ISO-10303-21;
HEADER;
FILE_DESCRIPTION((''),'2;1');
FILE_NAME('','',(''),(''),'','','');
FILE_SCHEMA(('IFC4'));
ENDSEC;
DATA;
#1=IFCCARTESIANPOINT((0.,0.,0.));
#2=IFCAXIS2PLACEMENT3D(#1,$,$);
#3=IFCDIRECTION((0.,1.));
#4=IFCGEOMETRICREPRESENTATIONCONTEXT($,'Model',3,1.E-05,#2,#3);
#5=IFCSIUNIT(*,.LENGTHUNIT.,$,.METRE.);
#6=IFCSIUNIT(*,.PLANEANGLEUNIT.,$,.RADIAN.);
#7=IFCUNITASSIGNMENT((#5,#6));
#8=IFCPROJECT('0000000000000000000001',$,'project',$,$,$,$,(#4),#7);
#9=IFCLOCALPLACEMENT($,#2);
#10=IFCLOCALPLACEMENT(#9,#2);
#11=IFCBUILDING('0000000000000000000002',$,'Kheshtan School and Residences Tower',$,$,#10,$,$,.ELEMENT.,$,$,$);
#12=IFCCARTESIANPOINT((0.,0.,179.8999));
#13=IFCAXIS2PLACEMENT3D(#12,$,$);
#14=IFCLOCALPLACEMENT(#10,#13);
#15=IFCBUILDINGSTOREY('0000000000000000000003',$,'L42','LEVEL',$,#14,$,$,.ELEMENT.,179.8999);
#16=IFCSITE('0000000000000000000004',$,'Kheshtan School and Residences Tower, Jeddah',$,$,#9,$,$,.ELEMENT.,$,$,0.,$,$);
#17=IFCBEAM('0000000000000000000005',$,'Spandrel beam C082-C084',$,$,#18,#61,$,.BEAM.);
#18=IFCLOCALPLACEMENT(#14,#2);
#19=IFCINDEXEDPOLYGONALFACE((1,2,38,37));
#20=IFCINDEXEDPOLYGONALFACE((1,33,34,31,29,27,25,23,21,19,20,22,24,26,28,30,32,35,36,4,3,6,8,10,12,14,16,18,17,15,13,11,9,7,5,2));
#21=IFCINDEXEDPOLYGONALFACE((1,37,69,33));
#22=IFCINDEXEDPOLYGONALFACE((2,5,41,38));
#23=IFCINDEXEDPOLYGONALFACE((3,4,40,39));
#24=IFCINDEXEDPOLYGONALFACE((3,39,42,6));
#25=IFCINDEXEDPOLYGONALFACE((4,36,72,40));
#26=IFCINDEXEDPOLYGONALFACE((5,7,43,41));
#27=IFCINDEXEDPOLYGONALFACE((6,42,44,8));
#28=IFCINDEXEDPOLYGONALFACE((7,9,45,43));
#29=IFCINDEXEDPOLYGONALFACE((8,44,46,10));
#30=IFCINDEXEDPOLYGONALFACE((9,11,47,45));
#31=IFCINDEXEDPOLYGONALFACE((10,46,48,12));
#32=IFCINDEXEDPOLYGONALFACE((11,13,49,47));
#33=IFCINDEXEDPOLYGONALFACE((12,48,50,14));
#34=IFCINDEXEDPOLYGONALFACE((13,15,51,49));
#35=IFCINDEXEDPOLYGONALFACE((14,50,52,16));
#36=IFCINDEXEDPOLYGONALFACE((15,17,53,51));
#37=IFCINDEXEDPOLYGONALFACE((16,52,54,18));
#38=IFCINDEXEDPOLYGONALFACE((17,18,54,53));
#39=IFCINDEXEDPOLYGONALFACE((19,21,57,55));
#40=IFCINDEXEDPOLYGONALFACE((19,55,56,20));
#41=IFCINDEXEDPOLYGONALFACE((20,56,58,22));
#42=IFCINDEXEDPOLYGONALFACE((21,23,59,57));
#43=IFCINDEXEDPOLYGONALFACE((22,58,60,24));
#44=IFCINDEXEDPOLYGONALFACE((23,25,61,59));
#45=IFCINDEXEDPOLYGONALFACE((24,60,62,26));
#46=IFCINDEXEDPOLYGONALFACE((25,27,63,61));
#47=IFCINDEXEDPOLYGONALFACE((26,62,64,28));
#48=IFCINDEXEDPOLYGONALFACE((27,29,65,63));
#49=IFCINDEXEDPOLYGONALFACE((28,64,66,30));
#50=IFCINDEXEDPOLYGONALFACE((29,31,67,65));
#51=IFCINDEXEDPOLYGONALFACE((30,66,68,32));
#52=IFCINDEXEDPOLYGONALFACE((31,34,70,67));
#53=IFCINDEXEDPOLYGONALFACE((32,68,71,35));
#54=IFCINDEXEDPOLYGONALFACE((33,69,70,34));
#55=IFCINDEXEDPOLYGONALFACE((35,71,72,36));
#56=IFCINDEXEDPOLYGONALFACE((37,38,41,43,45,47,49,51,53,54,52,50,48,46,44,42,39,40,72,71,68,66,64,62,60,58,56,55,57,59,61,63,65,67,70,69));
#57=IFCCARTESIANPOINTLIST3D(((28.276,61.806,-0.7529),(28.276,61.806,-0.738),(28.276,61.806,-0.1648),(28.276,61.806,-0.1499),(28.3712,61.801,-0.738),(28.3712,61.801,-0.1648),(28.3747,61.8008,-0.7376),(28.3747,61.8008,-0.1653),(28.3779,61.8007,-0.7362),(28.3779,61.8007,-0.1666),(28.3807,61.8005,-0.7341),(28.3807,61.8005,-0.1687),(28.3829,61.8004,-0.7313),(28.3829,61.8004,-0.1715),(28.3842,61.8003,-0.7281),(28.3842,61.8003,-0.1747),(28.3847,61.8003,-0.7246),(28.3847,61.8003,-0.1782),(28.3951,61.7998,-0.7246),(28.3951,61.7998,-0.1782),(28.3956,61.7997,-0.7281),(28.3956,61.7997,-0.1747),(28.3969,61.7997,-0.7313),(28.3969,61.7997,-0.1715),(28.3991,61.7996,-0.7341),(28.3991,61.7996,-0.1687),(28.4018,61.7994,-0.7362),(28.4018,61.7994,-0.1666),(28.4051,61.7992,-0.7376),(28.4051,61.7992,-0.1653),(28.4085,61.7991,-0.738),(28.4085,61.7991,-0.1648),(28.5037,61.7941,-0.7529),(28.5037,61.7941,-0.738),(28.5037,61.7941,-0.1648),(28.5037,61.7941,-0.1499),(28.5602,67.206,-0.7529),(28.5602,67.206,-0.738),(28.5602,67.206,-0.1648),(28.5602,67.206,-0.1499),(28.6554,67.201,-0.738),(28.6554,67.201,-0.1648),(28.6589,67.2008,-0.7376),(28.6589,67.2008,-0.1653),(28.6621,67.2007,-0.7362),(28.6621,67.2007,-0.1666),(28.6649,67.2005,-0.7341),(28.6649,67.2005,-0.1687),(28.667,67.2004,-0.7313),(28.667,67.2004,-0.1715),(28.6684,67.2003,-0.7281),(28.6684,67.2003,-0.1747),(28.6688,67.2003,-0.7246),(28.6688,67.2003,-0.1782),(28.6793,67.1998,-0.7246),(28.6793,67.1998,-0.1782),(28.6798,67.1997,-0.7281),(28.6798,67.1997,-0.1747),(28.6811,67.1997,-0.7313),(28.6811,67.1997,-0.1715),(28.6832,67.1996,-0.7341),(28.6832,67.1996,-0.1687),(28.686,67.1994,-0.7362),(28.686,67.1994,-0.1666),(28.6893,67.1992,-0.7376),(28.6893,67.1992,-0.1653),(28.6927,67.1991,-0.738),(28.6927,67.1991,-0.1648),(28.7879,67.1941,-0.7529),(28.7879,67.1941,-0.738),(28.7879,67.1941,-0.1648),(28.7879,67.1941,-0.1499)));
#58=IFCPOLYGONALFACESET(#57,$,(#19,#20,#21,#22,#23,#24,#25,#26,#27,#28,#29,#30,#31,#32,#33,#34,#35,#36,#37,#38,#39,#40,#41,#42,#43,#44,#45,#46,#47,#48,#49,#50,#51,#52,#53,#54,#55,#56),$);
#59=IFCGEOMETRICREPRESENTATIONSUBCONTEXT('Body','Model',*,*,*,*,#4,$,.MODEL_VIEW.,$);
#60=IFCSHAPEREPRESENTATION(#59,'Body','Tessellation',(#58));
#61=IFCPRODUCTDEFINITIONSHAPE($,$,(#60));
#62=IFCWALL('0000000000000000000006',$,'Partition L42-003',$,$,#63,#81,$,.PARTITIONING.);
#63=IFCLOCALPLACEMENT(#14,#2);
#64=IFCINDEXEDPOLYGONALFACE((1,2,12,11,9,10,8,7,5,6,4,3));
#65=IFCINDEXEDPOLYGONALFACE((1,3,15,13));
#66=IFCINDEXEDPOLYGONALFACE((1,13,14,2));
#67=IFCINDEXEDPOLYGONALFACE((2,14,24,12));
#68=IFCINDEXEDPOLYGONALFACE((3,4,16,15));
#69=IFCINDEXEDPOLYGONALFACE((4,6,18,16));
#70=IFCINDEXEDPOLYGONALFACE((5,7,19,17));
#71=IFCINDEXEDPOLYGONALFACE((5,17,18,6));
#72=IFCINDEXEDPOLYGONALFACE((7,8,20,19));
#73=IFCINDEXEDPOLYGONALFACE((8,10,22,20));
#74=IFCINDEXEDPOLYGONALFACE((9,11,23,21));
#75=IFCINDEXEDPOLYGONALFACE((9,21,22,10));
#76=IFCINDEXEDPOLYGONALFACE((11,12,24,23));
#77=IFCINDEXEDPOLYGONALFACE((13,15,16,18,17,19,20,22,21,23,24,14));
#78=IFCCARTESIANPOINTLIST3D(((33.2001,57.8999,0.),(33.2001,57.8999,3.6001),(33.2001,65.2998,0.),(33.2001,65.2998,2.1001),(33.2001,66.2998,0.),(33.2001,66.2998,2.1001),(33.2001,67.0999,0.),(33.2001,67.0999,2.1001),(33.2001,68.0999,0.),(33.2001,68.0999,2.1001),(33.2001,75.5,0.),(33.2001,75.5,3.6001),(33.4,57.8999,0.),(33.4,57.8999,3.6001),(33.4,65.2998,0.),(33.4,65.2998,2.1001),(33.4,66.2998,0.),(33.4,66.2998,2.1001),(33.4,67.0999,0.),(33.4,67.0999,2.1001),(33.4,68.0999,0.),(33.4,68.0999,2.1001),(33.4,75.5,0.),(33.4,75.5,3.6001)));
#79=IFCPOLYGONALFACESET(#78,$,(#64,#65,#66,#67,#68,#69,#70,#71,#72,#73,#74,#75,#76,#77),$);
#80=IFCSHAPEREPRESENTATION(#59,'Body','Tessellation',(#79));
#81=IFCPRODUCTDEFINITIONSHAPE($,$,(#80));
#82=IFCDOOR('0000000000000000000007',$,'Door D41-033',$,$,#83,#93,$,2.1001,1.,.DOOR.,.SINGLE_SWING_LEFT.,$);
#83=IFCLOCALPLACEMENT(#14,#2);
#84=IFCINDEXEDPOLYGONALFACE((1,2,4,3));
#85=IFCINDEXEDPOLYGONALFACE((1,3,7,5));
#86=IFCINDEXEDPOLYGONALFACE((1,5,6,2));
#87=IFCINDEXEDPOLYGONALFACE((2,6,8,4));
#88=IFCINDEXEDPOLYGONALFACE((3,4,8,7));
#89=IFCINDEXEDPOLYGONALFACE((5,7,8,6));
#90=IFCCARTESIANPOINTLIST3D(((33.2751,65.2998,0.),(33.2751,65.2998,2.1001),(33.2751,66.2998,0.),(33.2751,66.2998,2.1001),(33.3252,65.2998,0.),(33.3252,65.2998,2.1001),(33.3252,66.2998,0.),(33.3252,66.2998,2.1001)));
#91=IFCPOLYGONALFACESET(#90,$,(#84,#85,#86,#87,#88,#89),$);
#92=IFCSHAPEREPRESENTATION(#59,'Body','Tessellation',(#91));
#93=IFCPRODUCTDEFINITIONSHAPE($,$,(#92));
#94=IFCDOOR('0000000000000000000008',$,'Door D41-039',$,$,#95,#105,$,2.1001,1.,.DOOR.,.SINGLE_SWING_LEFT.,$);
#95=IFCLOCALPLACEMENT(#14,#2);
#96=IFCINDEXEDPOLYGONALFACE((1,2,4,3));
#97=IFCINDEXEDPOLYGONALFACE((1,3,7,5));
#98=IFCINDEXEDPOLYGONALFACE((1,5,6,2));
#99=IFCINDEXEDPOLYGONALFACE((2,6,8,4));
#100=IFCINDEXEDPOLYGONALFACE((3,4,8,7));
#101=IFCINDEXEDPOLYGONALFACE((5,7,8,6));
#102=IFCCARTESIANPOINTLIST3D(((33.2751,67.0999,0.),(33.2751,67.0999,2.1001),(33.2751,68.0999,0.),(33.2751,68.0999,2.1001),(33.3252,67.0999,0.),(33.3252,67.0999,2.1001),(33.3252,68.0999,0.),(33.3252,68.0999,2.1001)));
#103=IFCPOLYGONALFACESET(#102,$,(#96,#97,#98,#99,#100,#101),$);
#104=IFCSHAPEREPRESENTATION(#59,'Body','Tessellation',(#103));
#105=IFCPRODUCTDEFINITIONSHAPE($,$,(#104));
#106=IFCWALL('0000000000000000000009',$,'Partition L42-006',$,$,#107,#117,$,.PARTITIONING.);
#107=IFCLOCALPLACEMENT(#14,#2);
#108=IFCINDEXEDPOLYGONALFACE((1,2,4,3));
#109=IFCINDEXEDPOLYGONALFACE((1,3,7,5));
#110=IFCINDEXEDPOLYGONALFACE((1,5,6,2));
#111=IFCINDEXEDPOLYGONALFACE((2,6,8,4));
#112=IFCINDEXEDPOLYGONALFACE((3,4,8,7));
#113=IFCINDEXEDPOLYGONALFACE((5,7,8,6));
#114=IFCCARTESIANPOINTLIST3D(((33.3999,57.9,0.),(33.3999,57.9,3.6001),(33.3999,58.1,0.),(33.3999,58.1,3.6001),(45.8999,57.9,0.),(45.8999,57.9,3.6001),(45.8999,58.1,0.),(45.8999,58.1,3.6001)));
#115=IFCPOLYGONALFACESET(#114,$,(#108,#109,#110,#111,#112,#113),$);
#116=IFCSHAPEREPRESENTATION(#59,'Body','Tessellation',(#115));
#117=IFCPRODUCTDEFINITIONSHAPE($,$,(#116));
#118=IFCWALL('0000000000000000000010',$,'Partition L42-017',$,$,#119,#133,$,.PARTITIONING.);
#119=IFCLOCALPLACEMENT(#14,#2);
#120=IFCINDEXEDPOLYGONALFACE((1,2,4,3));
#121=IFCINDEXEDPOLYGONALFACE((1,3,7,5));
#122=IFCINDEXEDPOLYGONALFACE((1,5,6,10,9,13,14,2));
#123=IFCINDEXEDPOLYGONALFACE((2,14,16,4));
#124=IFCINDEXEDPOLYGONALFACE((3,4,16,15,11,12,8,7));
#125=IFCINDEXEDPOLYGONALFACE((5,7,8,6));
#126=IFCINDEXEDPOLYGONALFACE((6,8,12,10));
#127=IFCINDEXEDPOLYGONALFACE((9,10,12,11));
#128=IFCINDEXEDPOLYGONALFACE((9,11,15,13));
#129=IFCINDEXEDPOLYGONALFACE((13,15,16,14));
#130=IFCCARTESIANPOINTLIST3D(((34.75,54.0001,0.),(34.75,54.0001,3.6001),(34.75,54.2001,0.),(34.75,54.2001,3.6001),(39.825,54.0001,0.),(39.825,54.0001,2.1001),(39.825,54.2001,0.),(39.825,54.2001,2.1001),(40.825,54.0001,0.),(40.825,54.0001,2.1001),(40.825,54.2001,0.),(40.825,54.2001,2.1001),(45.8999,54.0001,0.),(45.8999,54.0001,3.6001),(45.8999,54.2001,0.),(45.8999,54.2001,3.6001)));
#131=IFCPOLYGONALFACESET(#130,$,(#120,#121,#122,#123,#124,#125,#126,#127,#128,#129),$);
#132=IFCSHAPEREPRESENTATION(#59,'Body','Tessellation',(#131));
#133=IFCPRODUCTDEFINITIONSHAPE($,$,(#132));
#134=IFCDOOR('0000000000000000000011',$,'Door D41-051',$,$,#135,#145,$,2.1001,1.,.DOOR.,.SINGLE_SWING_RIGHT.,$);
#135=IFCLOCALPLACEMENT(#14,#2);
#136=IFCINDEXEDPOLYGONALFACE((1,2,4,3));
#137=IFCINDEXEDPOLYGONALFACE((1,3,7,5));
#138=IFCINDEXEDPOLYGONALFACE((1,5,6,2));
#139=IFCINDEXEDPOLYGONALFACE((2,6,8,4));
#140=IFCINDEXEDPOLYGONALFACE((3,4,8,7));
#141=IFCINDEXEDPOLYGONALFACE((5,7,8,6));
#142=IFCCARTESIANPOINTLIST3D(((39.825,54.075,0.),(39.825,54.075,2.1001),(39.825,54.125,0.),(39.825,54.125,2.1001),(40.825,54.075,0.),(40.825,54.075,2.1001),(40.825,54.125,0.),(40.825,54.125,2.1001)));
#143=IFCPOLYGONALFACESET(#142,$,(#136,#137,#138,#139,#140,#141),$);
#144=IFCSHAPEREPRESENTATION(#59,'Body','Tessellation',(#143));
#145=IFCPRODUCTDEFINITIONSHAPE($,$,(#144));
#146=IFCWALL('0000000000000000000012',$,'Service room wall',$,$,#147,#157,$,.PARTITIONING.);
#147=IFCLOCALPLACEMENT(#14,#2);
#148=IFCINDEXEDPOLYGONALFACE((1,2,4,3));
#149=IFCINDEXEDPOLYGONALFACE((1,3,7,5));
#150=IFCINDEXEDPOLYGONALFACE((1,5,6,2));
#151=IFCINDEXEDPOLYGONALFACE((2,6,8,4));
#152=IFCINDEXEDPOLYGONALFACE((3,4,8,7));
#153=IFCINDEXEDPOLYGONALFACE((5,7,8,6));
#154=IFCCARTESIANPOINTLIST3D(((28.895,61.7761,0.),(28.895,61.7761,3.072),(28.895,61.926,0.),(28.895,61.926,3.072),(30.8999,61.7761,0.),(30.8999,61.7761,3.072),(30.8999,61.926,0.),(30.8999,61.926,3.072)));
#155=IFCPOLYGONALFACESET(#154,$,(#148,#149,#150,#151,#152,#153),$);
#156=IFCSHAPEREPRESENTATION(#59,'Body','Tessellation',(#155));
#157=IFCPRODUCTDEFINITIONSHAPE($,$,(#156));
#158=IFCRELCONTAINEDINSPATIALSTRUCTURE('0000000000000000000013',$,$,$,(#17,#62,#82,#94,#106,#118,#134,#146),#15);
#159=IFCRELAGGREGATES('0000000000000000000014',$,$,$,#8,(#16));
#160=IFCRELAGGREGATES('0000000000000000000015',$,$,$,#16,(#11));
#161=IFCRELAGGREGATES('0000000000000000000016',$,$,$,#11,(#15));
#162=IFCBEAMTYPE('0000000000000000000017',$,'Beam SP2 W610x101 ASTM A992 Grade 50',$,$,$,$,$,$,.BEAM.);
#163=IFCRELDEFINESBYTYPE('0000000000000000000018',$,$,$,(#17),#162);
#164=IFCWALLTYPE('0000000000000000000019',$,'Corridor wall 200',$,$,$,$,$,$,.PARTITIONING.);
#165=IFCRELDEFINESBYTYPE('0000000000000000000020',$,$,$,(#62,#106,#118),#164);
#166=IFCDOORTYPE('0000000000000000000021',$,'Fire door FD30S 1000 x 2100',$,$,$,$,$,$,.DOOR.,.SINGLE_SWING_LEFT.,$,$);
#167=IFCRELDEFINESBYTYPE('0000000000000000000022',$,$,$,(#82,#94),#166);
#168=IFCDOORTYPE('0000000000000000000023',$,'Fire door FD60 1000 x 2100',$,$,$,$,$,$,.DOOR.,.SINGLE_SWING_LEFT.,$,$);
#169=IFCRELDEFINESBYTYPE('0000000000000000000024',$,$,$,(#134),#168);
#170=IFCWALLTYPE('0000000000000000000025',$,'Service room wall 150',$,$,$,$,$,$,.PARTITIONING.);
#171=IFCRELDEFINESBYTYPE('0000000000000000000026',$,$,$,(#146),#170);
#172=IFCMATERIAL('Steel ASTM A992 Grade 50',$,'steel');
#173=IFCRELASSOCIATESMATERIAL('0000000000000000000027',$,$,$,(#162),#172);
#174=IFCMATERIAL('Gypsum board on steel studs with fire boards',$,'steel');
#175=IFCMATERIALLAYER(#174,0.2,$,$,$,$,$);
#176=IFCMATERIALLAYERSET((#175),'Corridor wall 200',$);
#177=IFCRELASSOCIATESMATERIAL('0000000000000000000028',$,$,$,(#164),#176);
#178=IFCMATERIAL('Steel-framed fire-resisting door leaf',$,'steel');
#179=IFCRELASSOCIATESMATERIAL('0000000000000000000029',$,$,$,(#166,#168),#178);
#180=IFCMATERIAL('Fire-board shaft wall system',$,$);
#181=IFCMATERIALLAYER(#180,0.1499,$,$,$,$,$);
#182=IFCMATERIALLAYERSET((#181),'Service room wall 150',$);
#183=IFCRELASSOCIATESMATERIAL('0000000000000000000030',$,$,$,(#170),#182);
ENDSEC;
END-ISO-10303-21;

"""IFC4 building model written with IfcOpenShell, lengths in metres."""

from ifc_helpers import new_model, si_unit, direction, frame, frame_2d, origin, origin_2d, place, context, subcontext, project, spatial, rectangle, i_section, extrude, source, transform, mapped, material, layer, layer_set, material_profile, profile_set, type_object, element, fill, save


model = new_model("IFC4")

# Units and contexts
model_context = context("Model", 3, precision=1e-05, world=origin(), true_north=direction((0.0, 1.0)))
body_context = subcontext(model_context, "Body", "Model", "MODEL_VIEW")
ifc_project = project(units=[si_unit("LENGTHUNIT", "METRE"), si_unit("PLANEANGLEUNIT", "RADIAN")], contexts=[model_context])

# Site, building, storey
site_placement = place(None, origin())
site = spatial("IfcSite", under=ifc_project, at=site_placement, Name="Kheshtan School and Residences Tower, Jeddah", CompositionType="ELEMENT", RefElevation=0.0)
building_placement = place(site_placement, origin())
building = spatial("IfcBuilding", under=site, at=building_placement, Name="Kheshtan School and Residences Tower", CompositionType="ELEMENT")
storey_placement = place(building_placement, frame((0.0, 0.0, 179.8999)))
storey = spatial("IfcBuildingStorey", under=building, at=storey_placement, Name="L42", Description="LEVEL", CompositionType="ELEMENT", Elevation=179.8999)

# Shared definitions
ifc_material_1 = material(Name="Steel ASTM A992 Grade 50", Category="steel")

# Beam
ifc_material_profile_1 = material_profile(ifc_material_1, i_section(OverallWidth=0.228, OverallDepth=0.603, WebThickness=0.0105, FlangeThickness=0.0149, FilletRadius=0.0134, at=origin_2d()), Name="W610x101")
ifc_profile_set_1 = profile_set([ifc_material_profile_1], Name="Steel ASTM A992 Grade 50")
beam_type_1 = type_object("IfcBeamType", Name="Beam SP2 W610x101 ASTM A992 Grade 50", PredefinedType="BEAM", material=ifc_profile_set_1)
beam_1_placement = place(storey_placement, frame((28.3899, 61.8, -0.4514), z_axis=(0.052554, 0.998618, 0.0), x_axis=(-0.998618, 0.052554, 0.0)))
element("IfcBeam", 1, at=beam_1_placement, inside=storey, type_object=beam_type_1, Name="Spandrel beam C082-C084", PredefinedType="BEAM", context=body_context, shape_type="SweptSolid", body=[
    extrude(i_section(OverallWidth=0.228, OverallDepth=0.603, WebThickness=0.0105, FlangeThickness=0.0149, FilletRadius=0.0134, at=origin_2d()), origin(), (0.0, 0.0, 1.0), 5.4075),
])

# Wall, openings, doors
ifc_material_2 = material(Name="Gypsum board on steel studs with fire boards", Category="steel")
ifc_layer_1 = layer(ifc_material_2, 0.2)
ifc_layer_set_1 = layer_set([ifc_layer_1], Name="Corridor wall 200")
wall_type_1 = type_object("IfcWallType", Name="Corridor wall 200", PredefinedType="PARTITIONING", material=ifc_layer_set_1)
wall_1_placement = place(storey_placement, frame((33.3, 57.8999, 0.0), z_axis=(0.0, 0.0, 1.0), x_axis=(0.0, 1.0, 0.0)))
wall_1 = element("IfcWall", 2, at=wall_1_placement, inside=storey, type_object=wall_type_1, Name="Partition L42-003", PredefinedType="PARTITIONING", context=body_context, shape_type="SweptSolid", body=[
    extrude(rectangle(XDim=17.6001, YDim=0.2, at=frame_2d((8.8, 0.0))), origin(), (0.0, 0.0, 1.0), 3.6001),
])
opening_1_placement = place(wall_1_placement, frame((7.3999, 0.0, 0.0)))
opening_1 = element("IfcOpeningElement", 3, at=opening_1_placement, cuts=wall_1, PredefinedType="OPENING", context=body_context, shape_type="SweptSolid", body=[
    extrude(rectangle(XDim=1.0, YDim=2.1001, at=frame_2d((0.5, 1.05))), frame((0.0, 0.1099, 0.0), z_axis=(0.0, -1.0, 0.0), x_axis=(1.0, 0.0, 0.0)), (0.0, 0.0, 1.0), 0.22),
])
opening_2_placement = place(wall_1_placement, frame((9.2, 0.0, 0.0)))
opening_2 = element("IfcOpeningElement", 4, at=opening_2_placement, cuts=wall_1, PredefinedType="OPENING", context=body_context, shape_type="SweptSolid", body=[
    extrude(rectangle(XDim=1.0, YDim=2.1001, at=frame_2d((0.5, 1.05))), frame((0.0, 0.1099, 0.0), z_axis=(0.0, -1.0, 0.0), x_axis=(1.0, 0.0, 0.0)), (0.0, 0.0, 1.0), 0.22),
])
ifc_material_3 = material(Name="Steel-framed fire-resisting door leaf", Category="steel")
door_type_1 = type_object("IfcDoorType", Name="Fire door FD30S 1000 x 2100", OperationType="SINGLE_SWING_LEFT", PredefinedType="DOOR", material=ifc_material_3)
shared_shape_1 = source(origin(), body_context, "Body", "SweptSolid", [
    extrude(rectangle(XDim=1.0, YDim=2.1001, at=frame_2d((0.5, 1.05))), frame((0.0, 0.0249, 0.0), z_axis=(0.0, -1.0, 0.0), x_axis=(1.0, 0.0, 0.0)), (0.0, 0.0, 1.0), 0.05),
])
door_1_placement = place(opening_1_placement, origin())
door_1 = element("IfcDoor", 5, at=door_1_placement, inside=storey, type_object=door_type_1, Name="Door D41-033", OperationType="SINGLE_SWING_LEFT", OverallHeight=2.1001, OverallWidth=1.0, PredefinedType="DOOR", context=body_context, shape_type="MappedRepresentation", body=[
    mapped(shared_shape_1, transform((0.0, 0.0, 0.0), x_axis=(1.0, 0.0, 0.0), y_axis=(0.0, 1.0, 0.0), z_axis=(0.0, 0.0, 1.0), scale=1.0)),
])
fill(opening_1, door_1)
door_2_placement = place(opening_2_placement, origin())
door_2 = element("IfcDoor", 6, at=door_2_placement, inside=storey, type_object=door_type_1, Name="Door D41-039", OperationType="SINGLE_SWING_LEFT", OverallHeight=2.1001, OverallWidth=1.0, PredefinedType="DOOR", context=body_context, shape_type="MappedRepresentation", body=[
    mapped(shared_shape_1, transform((0.0, 0.0, 0.0), x_axis=(1.0, 0.0, 0.0), y_axis=(0.0, 1.0, 0.0), z_axis=(0.0, 0.0, 1.0), scale=1.0)),
])
fill(opening_2, door_2)

# Wall
wall_2_placement = place(storey_placement, frame((33.3999, 58.0, 0.0), z_axis=(0.0, 0.0, 1.0), x_axis=(1.0, 0.0, 0.0)))
element("IfcWall", 7, at=wall_2_placement, inside=storey, type_object=wall_type_1, Name="Partition L42-006", PredefinedType="PARTITIONING", context=body_context, shape_type="SweptSolid", body=[
    extrude(rectangle(XDim=12.5, YDim=0.2, at=frame_2d((6.25, 0.0))), origin(), (0.0, 0.0, 1.0), 3.6001),
])

# Wall, opening, door
wall_3_placement = place(storey_placement, frame((34.75, 54.1001, 0.0), z_axis=(0.0, 0.0, 1.0), x_axis=(1.0, 0.0, 0.0)))
wall_3 = element("IfcWall", 8, at=wall_3_placement, inside=storey, type_object=wall_type_1, Name="Partition L42-017", PredefinedType="PARTITIONING", context=body_context, shape_type="SweptSolid", body=[
    extrude(rectangle(XDim=11.1499, YDim=0.2, at=frame_2d((5.575, 0.0))), origin(), (0.0, 0.0, 1.0), 3.6001),
])
opening_3_placement = place(wall_3_placement, frame((5.075, 0.0, 0.0)))
opening_3 = element("IfcOpeningElement", 9, at=opening_3_placement, cuts=wall_3, PredefinedType="OPENING", context=body_context, shape_type="SweptSolid", body=[
    extrude(rectangle(XDim=1.0, YDim=2.1001, at=frame_2d((0.5, 1.05))), frame((0.0, 0.1099, 0.0), z_axis=(0.0, -1.0, 0.0), x_axis=(1.0, 0.0, 0.0)), (0.0, 0.0, 1.0), 0.22),
])
door_type_2 = type_object("IfcDoorType", Name="Fire door FD60 1000 x 2100", OperationType="SINGLE_SWING_LEFT", PredefinedType="DOOR", material=ifc_material_3)
shared_shape_2 = source(origin(), body_context, "Body", "SweptSolid", [
    extrude(rectangle(XDim=1.0, YDim=2.1001, at=frame_2d((0.5, 1.05))), frame((0.0, 0.0249, 0.0), z_axis=(0.0, -1.0, 0.0), x_axis=(1.0, 0.0, 0.0)), (0.0, 0.0, 1.0), 0.05),
])
door_3_placement = place(opening_3_placement, origin())
door_3 = element("IfcDoor", 10, at=door_3_placement, inside=storey, type_object=door_type_2, Name="Door D41-051", OperationType="SINGLE_SWING_RIGHT", OverallHeight=2.1001, OverallWidth=1.0, PredefinedType="DOOR", context=body_context, shape_type="MappedRepresentation", body=[
    mapped(shared_shape_2, transform((0.0, 0.0, 0.0), x_axis=(1.0, 0.0, 0.0), y_axis=(0.0, 1.0, 0.0), z_axis=(0.0, 0.0, 1.0), scale=1.0)),
])
fill(opening_3, door_3)

# Wall
ifc_material_4 = material(Name="Fire-board shaft wall system")
ifc_layer_2 = layer(ifc_material_4, 0.1499)
ifc_layer_set_2 = layer_set([ifc_layer_2], Name="Service room wall 150")
wall_type_2 = type_object("IfcWallType", Name="Service room wall 150", PredefinedType="PARTITIONING", material=ifc_layer_set_2)
wall_4_placement = place(storey_placement, frame((28.895, 61.8511, 0.0), z_axis=(0.0, 0.0, 1.0), x_axis=(1.0, 0.0, 0.0)))
element("IfcWall", 11, at=wall_4_placement, inside=storey, type_object=wall_type_2, Name="Service room wall", PredefinedType="PARTITIONING", context=body_context, shape_type="SweptSolid", body=[
    extrude(rectangle(XDim=2.0049, YDim=0.1499, at=frame_2d((1.0024, 0.0))), origin(), (0.0, 0.0, 1.0), 3.072),
])

save(model, "model.ifc")
